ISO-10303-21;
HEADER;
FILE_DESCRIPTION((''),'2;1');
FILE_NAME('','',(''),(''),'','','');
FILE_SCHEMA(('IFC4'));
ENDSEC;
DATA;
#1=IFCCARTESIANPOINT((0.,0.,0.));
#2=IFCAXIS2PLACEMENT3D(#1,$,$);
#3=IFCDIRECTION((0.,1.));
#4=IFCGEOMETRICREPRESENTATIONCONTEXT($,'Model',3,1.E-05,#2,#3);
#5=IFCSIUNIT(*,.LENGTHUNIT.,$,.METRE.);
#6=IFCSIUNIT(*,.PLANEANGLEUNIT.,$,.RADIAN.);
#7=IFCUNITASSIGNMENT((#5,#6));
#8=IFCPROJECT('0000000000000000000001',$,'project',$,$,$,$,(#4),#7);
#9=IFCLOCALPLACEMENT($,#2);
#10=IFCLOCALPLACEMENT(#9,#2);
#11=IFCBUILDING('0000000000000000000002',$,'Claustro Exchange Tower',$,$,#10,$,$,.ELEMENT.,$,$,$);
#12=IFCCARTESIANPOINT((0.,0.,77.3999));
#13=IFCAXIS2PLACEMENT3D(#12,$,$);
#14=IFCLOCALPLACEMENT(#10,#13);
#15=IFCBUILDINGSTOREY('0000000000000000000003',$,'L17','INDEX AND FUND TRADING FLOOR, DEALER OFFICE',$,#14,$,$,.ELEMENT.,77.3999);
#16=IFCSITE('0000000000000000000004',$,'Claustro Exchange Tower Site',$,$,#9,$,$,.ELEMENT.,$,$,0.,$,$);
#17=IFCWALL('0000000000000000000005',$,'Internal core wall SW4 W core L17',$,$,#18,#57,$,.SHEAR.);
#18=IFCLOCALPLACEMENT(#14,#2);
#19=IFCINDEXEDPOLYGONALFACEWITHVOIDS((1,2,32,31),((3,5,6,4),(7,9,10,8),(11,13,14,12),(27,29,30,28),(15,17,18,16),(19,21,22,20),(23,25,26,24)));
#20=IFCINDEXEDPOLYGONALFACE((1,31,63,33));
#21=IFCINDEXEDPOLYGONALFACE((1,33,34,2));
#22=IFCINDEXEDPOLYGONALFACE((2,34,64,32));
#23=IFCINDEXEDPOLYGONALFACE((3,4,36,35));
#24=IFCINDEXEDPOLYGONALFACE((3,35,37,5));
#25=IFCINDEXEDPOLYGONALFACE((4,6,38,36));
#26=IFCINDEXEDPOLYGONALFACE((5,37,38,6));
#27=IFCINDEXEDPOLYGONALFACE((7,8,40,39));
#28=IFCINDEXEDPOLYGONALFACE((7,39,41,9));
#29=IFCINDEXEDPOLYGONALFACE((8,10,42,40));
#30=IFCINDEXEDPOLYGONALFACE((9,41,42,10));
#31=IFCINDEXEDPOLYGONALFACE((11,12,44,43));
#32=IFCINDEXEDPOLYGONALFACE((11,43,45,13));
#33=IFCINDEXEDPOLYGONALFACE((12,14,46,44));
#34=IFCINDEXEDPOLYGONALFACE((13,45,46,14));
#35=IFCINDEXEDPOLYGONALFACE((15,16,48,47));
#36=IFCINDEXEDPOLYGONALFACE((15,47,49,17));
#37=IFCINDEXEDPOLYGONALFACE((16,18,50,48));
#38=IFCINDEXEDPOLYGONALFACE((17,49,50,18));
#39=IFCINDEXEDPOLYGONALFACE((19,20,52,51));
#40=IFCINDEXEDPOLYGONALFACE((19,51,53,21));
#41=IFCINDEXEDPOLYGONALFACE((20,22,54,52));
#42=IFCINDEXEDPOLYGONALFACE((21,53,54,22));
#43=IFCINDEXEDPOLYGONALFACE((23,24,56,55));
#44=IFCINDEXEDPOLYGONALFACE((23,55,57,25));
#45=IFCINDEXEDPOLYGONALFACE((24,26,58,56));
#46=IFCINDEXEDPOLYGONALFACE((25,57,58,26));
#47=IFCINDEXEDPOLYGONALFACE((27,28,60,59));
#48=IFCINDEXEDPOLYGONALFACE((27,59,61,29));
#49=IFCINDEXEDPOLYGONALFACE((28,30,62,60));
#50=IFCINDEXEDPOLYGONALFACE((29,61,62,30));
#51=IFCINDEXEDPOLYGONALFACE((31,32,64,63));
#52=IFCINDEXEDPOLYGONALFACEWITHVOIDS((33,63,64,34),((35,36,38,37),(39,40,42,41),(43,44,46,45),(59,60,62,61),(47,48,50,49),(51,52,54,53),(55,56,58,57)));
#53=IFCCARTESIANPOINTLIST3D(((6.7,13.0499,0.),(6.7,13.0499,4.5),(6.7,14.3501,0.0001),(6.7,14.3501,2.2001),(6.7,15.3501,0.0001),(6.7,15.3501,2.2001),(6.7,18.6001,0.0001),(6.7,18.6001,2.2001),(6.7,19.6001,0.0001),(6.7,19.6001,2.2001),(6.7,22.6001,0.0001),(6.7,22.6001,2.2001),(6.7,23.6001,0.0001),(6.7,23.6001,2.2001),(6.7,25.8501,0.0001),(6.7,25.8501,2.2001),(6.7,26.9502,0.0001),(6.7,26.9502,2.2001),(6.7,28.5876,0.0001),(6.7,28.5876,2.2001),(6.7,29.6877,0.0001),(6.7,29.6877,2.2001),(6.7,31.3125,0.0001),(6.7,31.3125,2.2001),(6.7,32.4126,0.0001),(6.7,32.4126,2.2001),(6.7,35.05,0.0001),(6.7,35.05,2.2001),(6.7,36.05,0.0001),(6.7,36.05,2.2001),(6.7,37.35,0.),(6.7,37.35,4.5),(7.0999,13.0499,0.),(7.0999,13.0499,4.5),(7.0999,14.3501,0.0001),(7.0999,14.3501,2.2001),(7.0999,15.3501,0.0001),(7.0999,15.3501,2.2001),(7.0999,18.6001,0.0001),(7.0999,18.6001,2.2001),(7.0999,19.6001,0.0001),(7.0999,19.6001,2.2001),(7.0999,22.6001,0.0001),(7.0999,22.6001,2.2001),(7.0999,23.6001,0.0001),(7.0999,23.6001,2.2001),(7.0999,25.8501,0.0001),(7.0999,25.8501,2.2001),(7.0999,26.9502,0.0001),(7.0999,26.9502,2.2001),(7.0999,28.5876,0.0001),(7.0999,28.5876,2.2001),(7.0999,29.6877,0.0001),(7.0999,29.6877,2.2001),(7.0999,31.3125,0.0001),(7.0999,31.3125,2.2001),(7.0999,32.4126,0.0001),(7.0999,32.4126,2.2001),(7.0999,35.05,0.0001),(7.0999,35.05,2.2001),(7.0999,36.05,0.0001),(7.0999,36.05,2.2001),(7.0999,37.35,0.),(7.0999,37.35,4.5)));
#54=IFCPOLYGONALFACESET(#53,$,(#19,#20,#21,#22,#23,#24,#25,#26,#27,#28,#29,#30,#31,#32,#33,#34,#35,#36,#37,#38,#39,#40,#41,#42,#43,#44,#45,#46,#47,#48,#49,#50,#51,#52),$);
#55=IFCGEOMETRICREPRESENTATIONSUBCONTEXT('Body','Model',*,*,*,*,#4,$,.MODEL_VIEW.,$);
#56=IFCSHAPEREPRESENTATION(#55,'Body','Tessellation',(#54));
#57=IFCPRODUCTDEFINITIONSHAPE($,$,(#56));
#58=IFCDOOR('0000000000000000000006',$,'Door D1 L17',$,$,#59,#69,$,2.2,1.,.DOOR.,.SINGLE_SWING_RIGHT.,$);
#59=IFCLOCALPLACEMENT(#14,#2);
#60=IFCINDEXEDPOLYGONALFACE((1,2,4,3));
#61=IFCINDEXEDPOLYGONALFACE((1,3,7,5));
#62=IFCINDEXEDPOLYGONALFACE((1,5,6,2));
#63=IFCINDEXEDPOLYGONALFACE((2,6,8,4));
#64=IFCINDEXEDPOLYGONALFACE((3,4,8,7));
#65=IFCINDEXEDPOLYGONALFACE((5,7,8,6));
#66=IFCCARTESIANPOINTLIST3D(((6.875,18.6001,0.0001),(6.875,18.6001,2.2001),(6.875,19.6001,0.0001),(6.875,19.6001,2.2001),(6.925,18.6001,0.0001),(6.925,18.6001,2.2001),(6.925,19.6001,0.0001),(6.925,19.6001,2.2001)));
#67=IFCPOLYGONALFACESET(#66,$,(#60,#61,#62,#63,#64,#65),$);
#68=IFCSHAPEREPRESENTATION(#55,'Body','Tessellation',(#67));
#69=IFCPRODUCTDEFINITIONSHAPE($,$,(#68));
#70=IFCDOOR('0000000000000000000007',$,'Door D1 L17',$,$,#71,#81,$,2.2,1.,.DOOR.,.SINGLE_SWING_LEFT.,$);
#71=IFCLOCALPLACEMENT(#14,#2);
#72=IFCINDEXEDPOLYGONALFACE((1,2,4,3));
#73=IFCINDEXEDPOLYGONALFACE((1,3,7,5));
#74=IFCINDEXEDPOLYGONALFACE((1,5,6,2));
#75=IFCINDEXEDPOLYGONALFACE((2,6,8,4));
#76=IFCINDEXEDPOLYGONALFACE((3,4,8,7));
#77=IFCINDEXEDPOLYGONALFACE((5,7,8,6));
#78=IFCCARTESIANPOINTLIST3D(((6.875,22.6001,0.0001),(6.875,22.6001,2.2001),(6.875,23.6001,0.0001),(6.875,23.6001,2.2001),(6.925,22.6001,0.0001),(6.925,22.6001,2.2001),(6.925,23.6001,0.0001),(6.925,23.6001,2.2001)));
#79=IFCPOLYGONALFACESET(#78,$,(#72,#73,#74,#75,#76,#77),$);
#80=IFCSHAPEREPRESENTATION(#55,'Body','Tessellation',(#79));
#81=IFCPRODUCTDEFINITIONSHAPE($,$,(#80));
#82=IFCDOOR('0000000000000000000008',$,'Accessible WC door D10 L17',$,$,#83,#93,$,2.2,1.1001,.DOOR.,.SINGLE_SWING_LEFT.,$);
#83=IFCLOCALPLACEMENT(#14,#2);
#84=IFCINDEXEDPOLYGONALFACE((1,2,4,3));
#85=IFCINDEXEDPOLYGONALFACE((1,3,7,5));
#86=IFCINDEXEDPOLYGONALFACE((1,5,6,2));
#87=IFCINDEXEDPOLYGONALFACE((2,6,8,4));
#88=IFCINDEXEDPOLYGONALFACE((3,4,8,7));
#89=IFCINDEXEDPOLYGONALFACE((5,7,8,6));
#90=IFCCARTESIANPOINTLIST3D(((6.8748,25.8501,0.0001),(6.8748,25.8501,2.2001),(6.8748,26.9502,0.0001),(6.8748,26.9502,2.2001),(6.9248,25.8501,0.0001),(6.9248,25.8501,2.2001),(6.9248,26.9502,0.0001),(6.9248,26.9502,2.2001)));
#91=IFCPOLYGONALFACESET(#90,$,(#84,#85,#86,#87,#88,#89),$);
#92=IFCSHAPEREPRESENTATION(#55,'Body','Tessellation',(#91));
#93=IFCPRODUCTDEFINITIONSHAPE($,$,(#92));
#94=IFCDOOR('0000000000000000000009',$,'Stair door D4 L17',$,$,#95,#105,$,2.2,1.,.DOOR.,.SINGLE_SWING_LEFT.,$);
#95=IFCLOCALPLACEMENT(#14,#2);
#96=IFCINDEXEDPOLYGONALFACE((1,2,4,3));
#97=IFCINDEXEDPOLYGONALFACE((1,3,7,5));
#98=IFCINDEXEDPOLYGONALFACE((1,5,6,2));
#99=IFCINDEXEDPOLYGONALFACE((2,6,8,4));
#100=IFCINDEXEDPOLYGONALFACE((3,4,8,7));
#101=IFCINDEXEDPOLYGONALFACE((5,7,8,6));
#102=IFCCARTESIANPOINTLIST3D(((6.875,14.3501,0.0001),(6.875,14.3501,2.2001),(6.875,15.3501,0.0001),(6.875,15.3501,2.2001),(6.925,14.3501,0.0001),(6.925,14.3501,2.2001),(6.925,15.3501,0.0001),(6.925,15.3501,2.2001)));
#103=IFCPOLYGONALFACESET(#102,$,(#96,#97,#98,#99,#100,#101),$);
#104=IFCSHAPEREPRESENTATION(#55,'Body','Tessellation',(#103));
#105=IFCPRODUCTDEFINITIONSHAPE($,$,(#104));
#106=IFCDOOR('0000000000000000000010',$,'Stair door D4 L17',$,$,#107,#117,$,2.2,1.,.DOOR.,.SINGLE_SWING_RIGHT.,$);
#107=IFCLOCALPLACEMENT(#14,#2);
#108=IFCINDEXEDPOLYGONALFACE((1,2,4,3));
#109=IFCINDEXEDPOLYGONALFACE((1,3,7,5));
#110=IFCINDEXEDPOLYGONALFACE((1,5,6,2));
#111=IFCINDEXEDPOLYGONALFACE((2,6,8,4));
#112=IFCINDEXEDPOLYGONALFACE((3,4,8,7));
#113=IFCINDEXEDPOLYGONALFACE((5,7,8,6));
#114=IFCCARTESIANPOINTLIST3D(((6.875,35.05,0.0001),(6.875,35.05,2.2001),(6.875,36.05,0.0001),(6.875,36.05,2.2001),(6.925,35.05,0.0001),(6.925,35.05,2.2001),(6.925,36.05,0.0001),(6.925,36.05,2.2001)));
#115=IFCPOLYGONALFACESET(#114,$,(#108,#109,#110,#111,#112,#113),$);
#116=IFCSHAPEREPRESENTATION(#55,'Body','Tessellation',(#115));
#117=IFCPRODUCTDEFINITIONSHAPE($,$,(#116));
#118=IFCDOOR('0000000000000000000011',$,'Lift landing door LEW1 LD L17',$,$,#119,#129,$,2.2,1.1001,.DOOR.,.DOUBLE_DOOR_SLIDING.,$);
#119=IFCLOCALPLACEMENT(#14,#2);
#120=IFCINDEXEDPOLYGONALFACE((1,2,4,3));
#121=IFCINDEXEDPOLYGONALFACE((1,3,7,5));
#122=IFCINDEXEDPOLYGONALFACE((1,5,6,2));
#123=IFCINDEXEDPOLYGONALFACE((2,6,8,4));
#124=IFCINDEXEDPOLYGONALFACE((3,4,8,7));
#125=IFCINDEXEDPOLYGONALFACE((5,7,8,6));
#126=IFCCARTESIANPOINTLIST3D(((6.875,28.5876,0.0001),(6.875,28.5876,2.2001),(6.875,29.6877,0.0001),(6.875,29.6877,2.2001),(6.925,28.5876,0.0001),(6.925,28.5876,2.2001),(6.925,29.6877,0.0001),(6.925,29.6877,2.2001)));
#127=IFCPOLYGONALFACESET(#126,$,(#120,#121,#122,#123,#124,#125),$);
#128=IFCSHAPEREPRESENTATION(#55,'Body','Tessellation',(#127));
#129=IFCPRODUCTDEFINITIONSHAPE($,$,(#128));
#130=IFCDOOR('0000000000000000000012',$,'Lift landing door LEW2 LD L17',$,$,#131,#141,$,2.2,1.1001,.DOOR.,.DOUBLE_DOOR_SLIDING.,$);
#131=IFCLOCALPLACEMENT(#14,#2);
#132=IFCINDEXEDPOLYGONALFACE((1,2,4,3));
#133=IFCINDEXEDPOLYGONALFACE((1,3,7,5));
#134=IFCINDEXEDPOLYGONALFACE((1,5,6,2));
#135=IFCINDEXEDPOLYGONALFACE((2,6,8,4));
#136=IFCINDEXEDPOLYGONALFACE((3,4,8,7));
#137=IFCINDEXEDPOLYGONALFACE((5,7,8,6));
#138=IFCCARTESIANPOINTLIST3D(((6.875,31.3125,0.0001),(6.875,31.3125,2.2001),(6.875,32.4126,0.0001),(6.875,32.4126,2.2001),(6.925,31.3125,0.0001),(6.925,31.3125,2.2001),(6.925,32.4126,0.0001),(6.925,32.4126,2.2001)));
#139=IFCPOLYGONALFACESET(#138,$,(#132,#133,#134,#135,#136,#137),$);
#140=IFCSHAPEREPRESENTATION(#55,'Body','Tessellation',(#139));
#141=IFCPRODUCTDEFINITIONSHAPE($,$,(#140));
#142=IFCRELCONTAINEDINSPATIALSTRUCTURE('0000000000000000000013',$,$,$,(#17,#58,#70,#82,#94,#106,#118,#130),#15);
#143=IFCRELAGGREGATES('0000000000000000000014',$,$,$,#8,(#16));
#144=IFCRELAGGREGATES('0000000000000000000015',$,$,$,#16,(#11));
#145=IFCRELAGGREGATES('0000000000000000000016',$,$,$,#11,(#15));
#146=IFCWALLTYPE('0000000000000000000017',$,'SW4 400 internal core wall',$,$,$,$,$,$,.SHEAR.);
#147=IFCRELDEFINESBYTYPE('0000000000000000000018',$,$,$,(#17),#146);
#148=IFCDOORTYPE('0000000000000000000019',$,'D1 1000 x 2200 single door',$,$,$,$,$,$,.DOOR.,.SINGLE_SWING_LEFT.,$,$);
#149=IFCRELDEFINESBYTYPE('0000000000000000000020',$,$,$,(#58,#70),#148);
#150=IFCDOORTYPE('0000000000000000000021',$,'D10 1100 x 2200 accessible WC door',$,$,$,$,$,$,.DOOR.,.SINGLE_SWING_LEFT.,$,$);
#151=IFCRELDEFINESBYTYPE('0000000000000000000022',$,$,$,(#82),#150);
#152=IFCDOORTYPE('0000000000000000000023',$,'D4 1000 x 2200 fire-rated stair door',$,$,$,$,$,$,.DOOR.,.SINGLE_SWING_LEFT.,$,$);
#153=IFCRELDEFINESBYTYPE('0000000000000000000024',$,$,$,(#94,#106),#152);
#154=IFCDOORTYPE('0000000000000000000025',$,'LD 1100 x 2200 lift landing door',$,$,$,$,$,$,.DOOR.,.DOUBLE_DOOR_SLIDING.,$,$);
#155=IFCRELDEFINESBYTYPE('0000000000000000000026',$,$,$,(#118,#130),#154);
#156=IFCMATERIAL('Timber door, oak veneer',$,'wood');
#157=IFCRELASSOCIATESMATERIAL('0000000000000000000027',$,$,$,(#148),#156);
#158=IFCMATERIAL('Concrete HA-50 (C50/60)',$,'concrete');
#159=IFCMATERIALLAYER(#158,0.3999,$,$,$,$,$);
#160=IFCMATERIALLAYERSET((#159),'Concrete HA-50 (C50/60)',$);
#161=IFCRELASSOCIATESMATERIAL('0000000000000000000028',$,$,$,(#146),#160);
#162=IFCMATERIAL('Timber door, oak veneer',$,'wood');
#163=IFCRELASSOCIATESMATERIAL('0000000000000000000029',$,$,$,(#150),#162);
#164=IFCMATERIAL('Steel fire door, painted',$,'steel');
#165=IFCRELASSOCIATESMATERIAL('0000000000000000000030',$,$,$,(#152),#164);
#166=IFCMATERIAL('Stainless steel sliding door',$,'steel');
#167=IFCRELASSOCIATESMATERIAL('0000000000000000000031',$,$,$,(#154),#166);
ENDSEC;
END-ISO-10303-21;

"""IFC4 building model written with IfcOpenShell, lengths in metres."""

from ifc_helpers import new_model, si_unit, direction, frame, frame_2d, origin, place, context, subcontext, project, spatial, rectangle, extrude, material, layer, layer_set, type_object, element, fill, save


model = new_model("IFC4")

# Units and contexts
model_context = context("Model", 3, precision=1e-05, world=origin(), true_north=direction((0.0, 1.0)))
body_context = subcontext(model_context, "Body", "Model", "MODEL_VIEW")
ifc_project = project(units=[si_unit("LENGTHUNIT", "METRE"), si_unit("PLANEANGLEUNIT", "RADIAN")], contexts=[model_context])

# Site, building, storey
site_placement = place(None, origin())
site = spatial("IfcSite", under=ifc_project, at=site_placement, Name="Claustro Exchange Tower Site", CompositionType="ELEMENT", RefElevation=0.0)
building_placement = place(site_placement, origin())
building = spatial("IfcBuilding", under=site, at=building_placement, Name="Claustro Exchange Tower", CompositionType="ELEMENT")
storey_placement = place(building_placement, frame((0.0, 0.0, 77.3999)))
storey = spatial("IfcBuildingStorey", under=building, at=storey_placement, Name="L17", Description="INDEX AND FUND TRADING FLOOR, DEALER OFFICE", CompositionType="ELEMENT", Elevation=77.3999)

# Shared definitions
ifc_material_1 = material(Name="Timber door, oak veneer", Category="wood")
door_type_1 = type_object("IfcDoorType", Name="D1 1000 x 2200 single door", OperationType="SINGLE_SWING_LEFT", PredefinedType="DOOR", material=ifc_material_1)

# Wall, openings, doors
ifc_material_2 = material(Name="Concrete HA-50 (C50/60)", Category="concrete")
ifc_layer_1 = layer(ifc_material_2, 0.3999)
ifc_layer_set_1 = layer_set([ifc_layer_1], Name="Concrete HA-50 (C50/60)")
wall_type_1 = type_object("IfcWallType", Name="SW4 400 internal core wall", PredefinedType="SHEAR", material=ifc_layer_set_1)
wall_1_placement = place(storey_placement, frame((6.8999, 13.05, 0.0), z_axis=(0.0, 0.0, 1.0), x_axis=(0.0, 1.0, 0.0)))
wall_1 = element("IfcWall", 1, at=wall_1_placement, inside=storey, type_object=wall_type_1, Name="Internal core wall SW4 W core L17", PredefinedType="SHEAR", context=body_context, shape_type="SweptSolid", body=[
    extrude(rectangle(XDim=24.3, YDim=0.3999, at=frame_2d((12.1499, 0.0))), origin(), (0.0, 0.0, 1.0), 4.5),
])
opening_1_placement = place(wall_1_placement, frame((1.3, 0.0, 0.0)))
opening_1 = element("IfcOpeningElement", 2, at=opening_1_placement, cuts=wall_1, PredefinedType="OPENING", context=body_context, shape_type="SweptSolid", body=[
    extrude(rectangle(XDim=1.0, YDim=2.2, at=frame_2d((0.5, 1.1001))), frame((0.0, 0.21, 0.0), z_axis=(0.0, -1.0, 0.0), x_axis=(1.0, 0.0, 0.0)), (0.0, 0.0, 1.0), 0.4199),
])
opening_2_placement = place(wall_1_placement, frame((22.0, 0.0, 0.0)))
opening_2 = element("IfcOpeningElement", 3, at=opening_2_placement, cuts=wall_1, PredefinedType="OPENING", context=body_context, shape_type="SweptSolid", body=[
    extrude(rectangle(XDim=1.0, YDim=2.2, at=frame_2d((0.5, 1.1001))), frame((0.0, 0.21, 0.0), z_axis=(0.0, -1.0, 0.0), x_axis=(1.0, 0.0, 0.0)), (0.0, 0.0, 1.0), 0.4199),
])
opening_3_placement = place(wall_1_placement, frame((5.55, 0.0, 0.0)))
opening_3 = element("IfcOpeningElement", 4, at=opening_3_placement, cuts=wall_1, PredefinedType="OPENING", context=body_context, shape_type="SweptSolid", body=[
    extrude(rectangle(XDim=1.0, YDim=2.2, at=frame_2d((0.5, 1.1001))), frame((0.0, 0.21, 0.0), z_axis=(0.0, -1.0, 0.0), x_axis=(1.0, 0.0, 0.0)), (0.0, 0.0, 1.0), 0.4199),
])
opening_4_placement = place(wall_1_placement, frame((9.55, 0.0, 0.0)))
opening_4 = element("IfcOpeningElement", 5, at=opening_4_placement, cuts=wall_1, PredefinedType="OPENING", context=body_context, shape_type="SweptSolid", body=[
    extrude(rectangle(XDim=1.0, YDim=2.2, at=frame_2d((0.5, 1.1001))), frame((0.0, 0.21, 0.0), z_axis=(0.0, -1.0, 0.0), x_axis=(1.0, 0.0, 0.0)), (0.0, 0.0, 1.0), 0.4199),
])
opening_5_placement = place(wall_1_placement, frame((12.8, 0.0, 0.0)))
opening_5 = element("IfcOpeningElement", 6, at=opening_5_placement, cuts=wall_1, PredefinedType="OPENING", context=body_context, shape_type="SweptSolid", body=[
    extrude(rectangle(XDim=1.1001, YDim=2.2, at=frame_2d((0.55, 1.1001))), frame((0.0, 0.21, 0.0), z_axis=(0.0, -1.0, 0.0), x_axis=(1.0, 0.0, 0.0)), (0.0, 0.0, 1.0), 0.4199),
])
opening_6_placement = place(wall_1_placement, frame((15.5376, 0.0, 0.0)))
opening_6 = element("IfcOpeningElement", 7, at=opening_6_placement, cuts=wall_1, PredefinedType="OPENING", context=body_context, shape_type="SweptSolid", body=[
    extrude(rectangle(XDim=1.1001, YDim=2.2, at=frame_2d((0.55, 1.1001))), frame((0.0, 0.21, 0.0), z_axis=(0.0, -1.0, 0.0), x_axis=(1.0, 0.0, 0.0)), (0.0, 0.0, 1.0), 0.4199),
])
opening_7_placement = place(wall_1_placement, frame((18.2625, 0.0, 0.0)))
opening_7 = element("IfcOpeningElement", 8, at=opening_7_placement, cuts=wall_1, PredefinedType="OPENING", context=body_context, shape_type="SweptSolid", body=[
    extrude(rectangle(XDim=1.1001, YDim=2.2, at=frame_2d((0.55, 1.1001))), frame((0.0, 0.21, 0.0), z_axis=(0.0, -1.0, 0.0), x_axis=(1.0, 0.0, 0.0)), (0.0, 0.0, 1.0), 0.4199),
])
door_1_placement = place(opening_3_placement, origin())
door_1 = element("IfcDoor", 9, at=door_1_placement, inside=storey, type_object=door_type_1, Name="Door D1 L17", OperationType="SINGLE_SWING_RIGHT", OverallHeight=2.2, OverallWidth=1.0, PredefinedType="DOOR", context=body_context, shape_type="SweptSolid", body=[
    extrude(rectangle(XDim=1.0, YDim=2.2, at=frame_2d((0.5, 1.1001))), frame((0.0, 0.0249, 0.0), z_axis=(0.0, -1.0, 0.0), x_axis=(1.0, 0.0, 0.0)), (0.0, 0.0, 1.0), 0.05),
])
fill(opening_3, door_1)
door_2_placement = place(opening_4_placement, origin())
door_2 = element("IfcDoor", 10, at=door_2_placement, inside=storey, type_object=door_type_1, Name="Door D1 L17", OperationType="SINGLE_SWING_LEFT", OverallHeight=2.2, OverallWidth=1.0, PredefinedType="DOOR", context=body_context, shape_type="SweptSolid", body=[
    extrude(rectangle(XDim=1.0, YDim=2.2, at=frame_2d((0.5, 1.1001))), frame((0.0, 0.0249, 0.0), z_axis=(0.0, -1.0, 0.0), x_axis=(1.0, 0.0, 0.0)), (0.0, 0.0, 1.0), 0.05),
])
fill(opening_4, door_2)
ifc_material_3 = material(Name="Timber door, oak veneer", Category="wood")
door_type_2 = type_object("IfcDoorType", Name="D10 1100 x 2200 accessible WC door", OperationType="SINGLE_SWING_LEFT", PredefinedType="DOOR", material=ifc_material_3)
door_3_placement = place(opening_5_placement, frame((1.1001, 0.0, 0.0), z_axis=(0.0, 0.0, 1.0), x_axis=(-1.0, 0.0, 0.0)))
door_3 = element("IfcDoor", 11, at=door_3_placement, inside=storey, type_object=door_type_2, Name="Accessible WC door D10 L17", OperationType="SINGLE_SWING_LEFT", OverallHeight=2.2, OverallWidth=1.1001, PredefinedType="DOOR", context=body_context, shape_type="SweptSolid", body=[
    extrude(rectangle(XDim=1.1001, YDim=2.2, at=frame_2d((0.55, 1.1001))), frame((0.0, 0.0249, 0.0), z_axis=(0.0, -1.0, 0.0), x_axis=(1.0, 0.0, 0.0)), (0.0, 0.0, 1.0), 0.05),
])
fill(opening_5, door_3)
ifc_material_4 = material(Name="Steel fire door, painted", Category="steel")
door_type_3 = type_object("IfcDoorType", Name="D4 1000 x 2200 fire-rated stair door", OperationType="SINGLE_SWING_LEFT", PredefinedType="DOOR", material=ifc_material_4)
door_4_placement = place(opening_1_placement, origin())
door_4 = element("IfcDoor", 12, at=door_4_placement, inside=storey, type_object=door_type_3, Name="Stair door D4 L17", OperationType="SINGLE_SWING_LEFT", OverallHeight=2.2, OverallWidth=1.0, PredefinedType="DOOR", context=body_context, shape_type="SweptSolid", body=[
    extrude(rectangle(XDim=1.0, YDim=2.2, at=frame_2d((0.5, 1.1001))), frame((0.0, 0.0249, 0.0), z_axis=(0.0, -1.0, 0.0), x_axis=(1.0, 0.0, 0.0)), (0.0, 0.0, 1.0), 0.05),
])
fill(opening_1, door_4)
door_5_placement = place(opening_2_placement, origin())
door_5 = element("IfcDoor", 13, at=door_5_placement, inside=storey, type_object=door_type_3, Name="Stair door D4 L17", OperationType="SINGLE_SWING_RIGHT", OverallHeight=2.2, OverallWidth=1.0, PredefinedType="DOOR", context=body_context, shape_type="SweptSolid", body=[
    extrude(rectangle(XDim=1.0, YDim=2.2, at=frame_2d((0.5, 1.1001))), frame((0.0, 0.0249, 0.0), z_axis=(0.0, -1.0, 0.0), x_axis=(1.0, 0.0, 0.0)), (0.0, 0.0, 1.0), 0.05),
])
fill(opening_2, door_5)
ifc_material_5 = material(Name="Stainless steel sliding door", Category="steel")
door_type_4 = type_object("IfcDoorType", Name="LD 1100 x 2200 lift landing door", OperationType="DOUBLE_DOOR_SLIDING", PredefinedType="DOOR", material=ifc_material_5)
door_6_placement = place(opening_6_placement, origin())
door_6 = element("IfcDoor", 14, at=door_6_placement, inside=storey, type_object=door_type_4, Name="Lift landing door LEW1 LD L17", OperationType="DOUBLE_DOOR_SLIDING", OverallHeight=2.2, OverallWidth=1.1001, PredefinedType="DOOR", context=body_context, shape_type="SweptSolid", body=[
    extrude(rectangle(XDim=1.1001, YDim=2.2, at=frame_2d((0.55, 1.1001))), frame((0.0, 0.0249, 0.0), z_axis=(0.0, -1.0, 0.0), x_axis=(1.0, 0.0, 0.0)), (0.0, 0.0, 1.0), 0.05),
])
fill(opening_6, door_6)
door_7_placement = place(opening_7_placement, origin())
door_7 = element("IfcDoor", 15, at=door_7_placement, inside=storey, type_object=door_type_4, Name="Lift landing door LEW2 LD L17", OperationType="DOUBLE_DOOR_SLIDING", OverallHeight=2.2, OverallWidth=1.1001, PredefinedType="DOOR", context=body_context, shape_type="SweptSolid", body=[
    extrude(rectangle(XDim=1.1001, YDim=2.2, at=frame_2d((0.55, 1.1001))), frame((0.0, 0.0249, 0.0), z_axis=(0.0, -1.0, 0.0), x_axis=(1.0, 0.0, 0.0)), (0.0, 0.0, 1.0), 0.05),
])
fill(opening_7, door_7)

save(model, "model.ifc")
